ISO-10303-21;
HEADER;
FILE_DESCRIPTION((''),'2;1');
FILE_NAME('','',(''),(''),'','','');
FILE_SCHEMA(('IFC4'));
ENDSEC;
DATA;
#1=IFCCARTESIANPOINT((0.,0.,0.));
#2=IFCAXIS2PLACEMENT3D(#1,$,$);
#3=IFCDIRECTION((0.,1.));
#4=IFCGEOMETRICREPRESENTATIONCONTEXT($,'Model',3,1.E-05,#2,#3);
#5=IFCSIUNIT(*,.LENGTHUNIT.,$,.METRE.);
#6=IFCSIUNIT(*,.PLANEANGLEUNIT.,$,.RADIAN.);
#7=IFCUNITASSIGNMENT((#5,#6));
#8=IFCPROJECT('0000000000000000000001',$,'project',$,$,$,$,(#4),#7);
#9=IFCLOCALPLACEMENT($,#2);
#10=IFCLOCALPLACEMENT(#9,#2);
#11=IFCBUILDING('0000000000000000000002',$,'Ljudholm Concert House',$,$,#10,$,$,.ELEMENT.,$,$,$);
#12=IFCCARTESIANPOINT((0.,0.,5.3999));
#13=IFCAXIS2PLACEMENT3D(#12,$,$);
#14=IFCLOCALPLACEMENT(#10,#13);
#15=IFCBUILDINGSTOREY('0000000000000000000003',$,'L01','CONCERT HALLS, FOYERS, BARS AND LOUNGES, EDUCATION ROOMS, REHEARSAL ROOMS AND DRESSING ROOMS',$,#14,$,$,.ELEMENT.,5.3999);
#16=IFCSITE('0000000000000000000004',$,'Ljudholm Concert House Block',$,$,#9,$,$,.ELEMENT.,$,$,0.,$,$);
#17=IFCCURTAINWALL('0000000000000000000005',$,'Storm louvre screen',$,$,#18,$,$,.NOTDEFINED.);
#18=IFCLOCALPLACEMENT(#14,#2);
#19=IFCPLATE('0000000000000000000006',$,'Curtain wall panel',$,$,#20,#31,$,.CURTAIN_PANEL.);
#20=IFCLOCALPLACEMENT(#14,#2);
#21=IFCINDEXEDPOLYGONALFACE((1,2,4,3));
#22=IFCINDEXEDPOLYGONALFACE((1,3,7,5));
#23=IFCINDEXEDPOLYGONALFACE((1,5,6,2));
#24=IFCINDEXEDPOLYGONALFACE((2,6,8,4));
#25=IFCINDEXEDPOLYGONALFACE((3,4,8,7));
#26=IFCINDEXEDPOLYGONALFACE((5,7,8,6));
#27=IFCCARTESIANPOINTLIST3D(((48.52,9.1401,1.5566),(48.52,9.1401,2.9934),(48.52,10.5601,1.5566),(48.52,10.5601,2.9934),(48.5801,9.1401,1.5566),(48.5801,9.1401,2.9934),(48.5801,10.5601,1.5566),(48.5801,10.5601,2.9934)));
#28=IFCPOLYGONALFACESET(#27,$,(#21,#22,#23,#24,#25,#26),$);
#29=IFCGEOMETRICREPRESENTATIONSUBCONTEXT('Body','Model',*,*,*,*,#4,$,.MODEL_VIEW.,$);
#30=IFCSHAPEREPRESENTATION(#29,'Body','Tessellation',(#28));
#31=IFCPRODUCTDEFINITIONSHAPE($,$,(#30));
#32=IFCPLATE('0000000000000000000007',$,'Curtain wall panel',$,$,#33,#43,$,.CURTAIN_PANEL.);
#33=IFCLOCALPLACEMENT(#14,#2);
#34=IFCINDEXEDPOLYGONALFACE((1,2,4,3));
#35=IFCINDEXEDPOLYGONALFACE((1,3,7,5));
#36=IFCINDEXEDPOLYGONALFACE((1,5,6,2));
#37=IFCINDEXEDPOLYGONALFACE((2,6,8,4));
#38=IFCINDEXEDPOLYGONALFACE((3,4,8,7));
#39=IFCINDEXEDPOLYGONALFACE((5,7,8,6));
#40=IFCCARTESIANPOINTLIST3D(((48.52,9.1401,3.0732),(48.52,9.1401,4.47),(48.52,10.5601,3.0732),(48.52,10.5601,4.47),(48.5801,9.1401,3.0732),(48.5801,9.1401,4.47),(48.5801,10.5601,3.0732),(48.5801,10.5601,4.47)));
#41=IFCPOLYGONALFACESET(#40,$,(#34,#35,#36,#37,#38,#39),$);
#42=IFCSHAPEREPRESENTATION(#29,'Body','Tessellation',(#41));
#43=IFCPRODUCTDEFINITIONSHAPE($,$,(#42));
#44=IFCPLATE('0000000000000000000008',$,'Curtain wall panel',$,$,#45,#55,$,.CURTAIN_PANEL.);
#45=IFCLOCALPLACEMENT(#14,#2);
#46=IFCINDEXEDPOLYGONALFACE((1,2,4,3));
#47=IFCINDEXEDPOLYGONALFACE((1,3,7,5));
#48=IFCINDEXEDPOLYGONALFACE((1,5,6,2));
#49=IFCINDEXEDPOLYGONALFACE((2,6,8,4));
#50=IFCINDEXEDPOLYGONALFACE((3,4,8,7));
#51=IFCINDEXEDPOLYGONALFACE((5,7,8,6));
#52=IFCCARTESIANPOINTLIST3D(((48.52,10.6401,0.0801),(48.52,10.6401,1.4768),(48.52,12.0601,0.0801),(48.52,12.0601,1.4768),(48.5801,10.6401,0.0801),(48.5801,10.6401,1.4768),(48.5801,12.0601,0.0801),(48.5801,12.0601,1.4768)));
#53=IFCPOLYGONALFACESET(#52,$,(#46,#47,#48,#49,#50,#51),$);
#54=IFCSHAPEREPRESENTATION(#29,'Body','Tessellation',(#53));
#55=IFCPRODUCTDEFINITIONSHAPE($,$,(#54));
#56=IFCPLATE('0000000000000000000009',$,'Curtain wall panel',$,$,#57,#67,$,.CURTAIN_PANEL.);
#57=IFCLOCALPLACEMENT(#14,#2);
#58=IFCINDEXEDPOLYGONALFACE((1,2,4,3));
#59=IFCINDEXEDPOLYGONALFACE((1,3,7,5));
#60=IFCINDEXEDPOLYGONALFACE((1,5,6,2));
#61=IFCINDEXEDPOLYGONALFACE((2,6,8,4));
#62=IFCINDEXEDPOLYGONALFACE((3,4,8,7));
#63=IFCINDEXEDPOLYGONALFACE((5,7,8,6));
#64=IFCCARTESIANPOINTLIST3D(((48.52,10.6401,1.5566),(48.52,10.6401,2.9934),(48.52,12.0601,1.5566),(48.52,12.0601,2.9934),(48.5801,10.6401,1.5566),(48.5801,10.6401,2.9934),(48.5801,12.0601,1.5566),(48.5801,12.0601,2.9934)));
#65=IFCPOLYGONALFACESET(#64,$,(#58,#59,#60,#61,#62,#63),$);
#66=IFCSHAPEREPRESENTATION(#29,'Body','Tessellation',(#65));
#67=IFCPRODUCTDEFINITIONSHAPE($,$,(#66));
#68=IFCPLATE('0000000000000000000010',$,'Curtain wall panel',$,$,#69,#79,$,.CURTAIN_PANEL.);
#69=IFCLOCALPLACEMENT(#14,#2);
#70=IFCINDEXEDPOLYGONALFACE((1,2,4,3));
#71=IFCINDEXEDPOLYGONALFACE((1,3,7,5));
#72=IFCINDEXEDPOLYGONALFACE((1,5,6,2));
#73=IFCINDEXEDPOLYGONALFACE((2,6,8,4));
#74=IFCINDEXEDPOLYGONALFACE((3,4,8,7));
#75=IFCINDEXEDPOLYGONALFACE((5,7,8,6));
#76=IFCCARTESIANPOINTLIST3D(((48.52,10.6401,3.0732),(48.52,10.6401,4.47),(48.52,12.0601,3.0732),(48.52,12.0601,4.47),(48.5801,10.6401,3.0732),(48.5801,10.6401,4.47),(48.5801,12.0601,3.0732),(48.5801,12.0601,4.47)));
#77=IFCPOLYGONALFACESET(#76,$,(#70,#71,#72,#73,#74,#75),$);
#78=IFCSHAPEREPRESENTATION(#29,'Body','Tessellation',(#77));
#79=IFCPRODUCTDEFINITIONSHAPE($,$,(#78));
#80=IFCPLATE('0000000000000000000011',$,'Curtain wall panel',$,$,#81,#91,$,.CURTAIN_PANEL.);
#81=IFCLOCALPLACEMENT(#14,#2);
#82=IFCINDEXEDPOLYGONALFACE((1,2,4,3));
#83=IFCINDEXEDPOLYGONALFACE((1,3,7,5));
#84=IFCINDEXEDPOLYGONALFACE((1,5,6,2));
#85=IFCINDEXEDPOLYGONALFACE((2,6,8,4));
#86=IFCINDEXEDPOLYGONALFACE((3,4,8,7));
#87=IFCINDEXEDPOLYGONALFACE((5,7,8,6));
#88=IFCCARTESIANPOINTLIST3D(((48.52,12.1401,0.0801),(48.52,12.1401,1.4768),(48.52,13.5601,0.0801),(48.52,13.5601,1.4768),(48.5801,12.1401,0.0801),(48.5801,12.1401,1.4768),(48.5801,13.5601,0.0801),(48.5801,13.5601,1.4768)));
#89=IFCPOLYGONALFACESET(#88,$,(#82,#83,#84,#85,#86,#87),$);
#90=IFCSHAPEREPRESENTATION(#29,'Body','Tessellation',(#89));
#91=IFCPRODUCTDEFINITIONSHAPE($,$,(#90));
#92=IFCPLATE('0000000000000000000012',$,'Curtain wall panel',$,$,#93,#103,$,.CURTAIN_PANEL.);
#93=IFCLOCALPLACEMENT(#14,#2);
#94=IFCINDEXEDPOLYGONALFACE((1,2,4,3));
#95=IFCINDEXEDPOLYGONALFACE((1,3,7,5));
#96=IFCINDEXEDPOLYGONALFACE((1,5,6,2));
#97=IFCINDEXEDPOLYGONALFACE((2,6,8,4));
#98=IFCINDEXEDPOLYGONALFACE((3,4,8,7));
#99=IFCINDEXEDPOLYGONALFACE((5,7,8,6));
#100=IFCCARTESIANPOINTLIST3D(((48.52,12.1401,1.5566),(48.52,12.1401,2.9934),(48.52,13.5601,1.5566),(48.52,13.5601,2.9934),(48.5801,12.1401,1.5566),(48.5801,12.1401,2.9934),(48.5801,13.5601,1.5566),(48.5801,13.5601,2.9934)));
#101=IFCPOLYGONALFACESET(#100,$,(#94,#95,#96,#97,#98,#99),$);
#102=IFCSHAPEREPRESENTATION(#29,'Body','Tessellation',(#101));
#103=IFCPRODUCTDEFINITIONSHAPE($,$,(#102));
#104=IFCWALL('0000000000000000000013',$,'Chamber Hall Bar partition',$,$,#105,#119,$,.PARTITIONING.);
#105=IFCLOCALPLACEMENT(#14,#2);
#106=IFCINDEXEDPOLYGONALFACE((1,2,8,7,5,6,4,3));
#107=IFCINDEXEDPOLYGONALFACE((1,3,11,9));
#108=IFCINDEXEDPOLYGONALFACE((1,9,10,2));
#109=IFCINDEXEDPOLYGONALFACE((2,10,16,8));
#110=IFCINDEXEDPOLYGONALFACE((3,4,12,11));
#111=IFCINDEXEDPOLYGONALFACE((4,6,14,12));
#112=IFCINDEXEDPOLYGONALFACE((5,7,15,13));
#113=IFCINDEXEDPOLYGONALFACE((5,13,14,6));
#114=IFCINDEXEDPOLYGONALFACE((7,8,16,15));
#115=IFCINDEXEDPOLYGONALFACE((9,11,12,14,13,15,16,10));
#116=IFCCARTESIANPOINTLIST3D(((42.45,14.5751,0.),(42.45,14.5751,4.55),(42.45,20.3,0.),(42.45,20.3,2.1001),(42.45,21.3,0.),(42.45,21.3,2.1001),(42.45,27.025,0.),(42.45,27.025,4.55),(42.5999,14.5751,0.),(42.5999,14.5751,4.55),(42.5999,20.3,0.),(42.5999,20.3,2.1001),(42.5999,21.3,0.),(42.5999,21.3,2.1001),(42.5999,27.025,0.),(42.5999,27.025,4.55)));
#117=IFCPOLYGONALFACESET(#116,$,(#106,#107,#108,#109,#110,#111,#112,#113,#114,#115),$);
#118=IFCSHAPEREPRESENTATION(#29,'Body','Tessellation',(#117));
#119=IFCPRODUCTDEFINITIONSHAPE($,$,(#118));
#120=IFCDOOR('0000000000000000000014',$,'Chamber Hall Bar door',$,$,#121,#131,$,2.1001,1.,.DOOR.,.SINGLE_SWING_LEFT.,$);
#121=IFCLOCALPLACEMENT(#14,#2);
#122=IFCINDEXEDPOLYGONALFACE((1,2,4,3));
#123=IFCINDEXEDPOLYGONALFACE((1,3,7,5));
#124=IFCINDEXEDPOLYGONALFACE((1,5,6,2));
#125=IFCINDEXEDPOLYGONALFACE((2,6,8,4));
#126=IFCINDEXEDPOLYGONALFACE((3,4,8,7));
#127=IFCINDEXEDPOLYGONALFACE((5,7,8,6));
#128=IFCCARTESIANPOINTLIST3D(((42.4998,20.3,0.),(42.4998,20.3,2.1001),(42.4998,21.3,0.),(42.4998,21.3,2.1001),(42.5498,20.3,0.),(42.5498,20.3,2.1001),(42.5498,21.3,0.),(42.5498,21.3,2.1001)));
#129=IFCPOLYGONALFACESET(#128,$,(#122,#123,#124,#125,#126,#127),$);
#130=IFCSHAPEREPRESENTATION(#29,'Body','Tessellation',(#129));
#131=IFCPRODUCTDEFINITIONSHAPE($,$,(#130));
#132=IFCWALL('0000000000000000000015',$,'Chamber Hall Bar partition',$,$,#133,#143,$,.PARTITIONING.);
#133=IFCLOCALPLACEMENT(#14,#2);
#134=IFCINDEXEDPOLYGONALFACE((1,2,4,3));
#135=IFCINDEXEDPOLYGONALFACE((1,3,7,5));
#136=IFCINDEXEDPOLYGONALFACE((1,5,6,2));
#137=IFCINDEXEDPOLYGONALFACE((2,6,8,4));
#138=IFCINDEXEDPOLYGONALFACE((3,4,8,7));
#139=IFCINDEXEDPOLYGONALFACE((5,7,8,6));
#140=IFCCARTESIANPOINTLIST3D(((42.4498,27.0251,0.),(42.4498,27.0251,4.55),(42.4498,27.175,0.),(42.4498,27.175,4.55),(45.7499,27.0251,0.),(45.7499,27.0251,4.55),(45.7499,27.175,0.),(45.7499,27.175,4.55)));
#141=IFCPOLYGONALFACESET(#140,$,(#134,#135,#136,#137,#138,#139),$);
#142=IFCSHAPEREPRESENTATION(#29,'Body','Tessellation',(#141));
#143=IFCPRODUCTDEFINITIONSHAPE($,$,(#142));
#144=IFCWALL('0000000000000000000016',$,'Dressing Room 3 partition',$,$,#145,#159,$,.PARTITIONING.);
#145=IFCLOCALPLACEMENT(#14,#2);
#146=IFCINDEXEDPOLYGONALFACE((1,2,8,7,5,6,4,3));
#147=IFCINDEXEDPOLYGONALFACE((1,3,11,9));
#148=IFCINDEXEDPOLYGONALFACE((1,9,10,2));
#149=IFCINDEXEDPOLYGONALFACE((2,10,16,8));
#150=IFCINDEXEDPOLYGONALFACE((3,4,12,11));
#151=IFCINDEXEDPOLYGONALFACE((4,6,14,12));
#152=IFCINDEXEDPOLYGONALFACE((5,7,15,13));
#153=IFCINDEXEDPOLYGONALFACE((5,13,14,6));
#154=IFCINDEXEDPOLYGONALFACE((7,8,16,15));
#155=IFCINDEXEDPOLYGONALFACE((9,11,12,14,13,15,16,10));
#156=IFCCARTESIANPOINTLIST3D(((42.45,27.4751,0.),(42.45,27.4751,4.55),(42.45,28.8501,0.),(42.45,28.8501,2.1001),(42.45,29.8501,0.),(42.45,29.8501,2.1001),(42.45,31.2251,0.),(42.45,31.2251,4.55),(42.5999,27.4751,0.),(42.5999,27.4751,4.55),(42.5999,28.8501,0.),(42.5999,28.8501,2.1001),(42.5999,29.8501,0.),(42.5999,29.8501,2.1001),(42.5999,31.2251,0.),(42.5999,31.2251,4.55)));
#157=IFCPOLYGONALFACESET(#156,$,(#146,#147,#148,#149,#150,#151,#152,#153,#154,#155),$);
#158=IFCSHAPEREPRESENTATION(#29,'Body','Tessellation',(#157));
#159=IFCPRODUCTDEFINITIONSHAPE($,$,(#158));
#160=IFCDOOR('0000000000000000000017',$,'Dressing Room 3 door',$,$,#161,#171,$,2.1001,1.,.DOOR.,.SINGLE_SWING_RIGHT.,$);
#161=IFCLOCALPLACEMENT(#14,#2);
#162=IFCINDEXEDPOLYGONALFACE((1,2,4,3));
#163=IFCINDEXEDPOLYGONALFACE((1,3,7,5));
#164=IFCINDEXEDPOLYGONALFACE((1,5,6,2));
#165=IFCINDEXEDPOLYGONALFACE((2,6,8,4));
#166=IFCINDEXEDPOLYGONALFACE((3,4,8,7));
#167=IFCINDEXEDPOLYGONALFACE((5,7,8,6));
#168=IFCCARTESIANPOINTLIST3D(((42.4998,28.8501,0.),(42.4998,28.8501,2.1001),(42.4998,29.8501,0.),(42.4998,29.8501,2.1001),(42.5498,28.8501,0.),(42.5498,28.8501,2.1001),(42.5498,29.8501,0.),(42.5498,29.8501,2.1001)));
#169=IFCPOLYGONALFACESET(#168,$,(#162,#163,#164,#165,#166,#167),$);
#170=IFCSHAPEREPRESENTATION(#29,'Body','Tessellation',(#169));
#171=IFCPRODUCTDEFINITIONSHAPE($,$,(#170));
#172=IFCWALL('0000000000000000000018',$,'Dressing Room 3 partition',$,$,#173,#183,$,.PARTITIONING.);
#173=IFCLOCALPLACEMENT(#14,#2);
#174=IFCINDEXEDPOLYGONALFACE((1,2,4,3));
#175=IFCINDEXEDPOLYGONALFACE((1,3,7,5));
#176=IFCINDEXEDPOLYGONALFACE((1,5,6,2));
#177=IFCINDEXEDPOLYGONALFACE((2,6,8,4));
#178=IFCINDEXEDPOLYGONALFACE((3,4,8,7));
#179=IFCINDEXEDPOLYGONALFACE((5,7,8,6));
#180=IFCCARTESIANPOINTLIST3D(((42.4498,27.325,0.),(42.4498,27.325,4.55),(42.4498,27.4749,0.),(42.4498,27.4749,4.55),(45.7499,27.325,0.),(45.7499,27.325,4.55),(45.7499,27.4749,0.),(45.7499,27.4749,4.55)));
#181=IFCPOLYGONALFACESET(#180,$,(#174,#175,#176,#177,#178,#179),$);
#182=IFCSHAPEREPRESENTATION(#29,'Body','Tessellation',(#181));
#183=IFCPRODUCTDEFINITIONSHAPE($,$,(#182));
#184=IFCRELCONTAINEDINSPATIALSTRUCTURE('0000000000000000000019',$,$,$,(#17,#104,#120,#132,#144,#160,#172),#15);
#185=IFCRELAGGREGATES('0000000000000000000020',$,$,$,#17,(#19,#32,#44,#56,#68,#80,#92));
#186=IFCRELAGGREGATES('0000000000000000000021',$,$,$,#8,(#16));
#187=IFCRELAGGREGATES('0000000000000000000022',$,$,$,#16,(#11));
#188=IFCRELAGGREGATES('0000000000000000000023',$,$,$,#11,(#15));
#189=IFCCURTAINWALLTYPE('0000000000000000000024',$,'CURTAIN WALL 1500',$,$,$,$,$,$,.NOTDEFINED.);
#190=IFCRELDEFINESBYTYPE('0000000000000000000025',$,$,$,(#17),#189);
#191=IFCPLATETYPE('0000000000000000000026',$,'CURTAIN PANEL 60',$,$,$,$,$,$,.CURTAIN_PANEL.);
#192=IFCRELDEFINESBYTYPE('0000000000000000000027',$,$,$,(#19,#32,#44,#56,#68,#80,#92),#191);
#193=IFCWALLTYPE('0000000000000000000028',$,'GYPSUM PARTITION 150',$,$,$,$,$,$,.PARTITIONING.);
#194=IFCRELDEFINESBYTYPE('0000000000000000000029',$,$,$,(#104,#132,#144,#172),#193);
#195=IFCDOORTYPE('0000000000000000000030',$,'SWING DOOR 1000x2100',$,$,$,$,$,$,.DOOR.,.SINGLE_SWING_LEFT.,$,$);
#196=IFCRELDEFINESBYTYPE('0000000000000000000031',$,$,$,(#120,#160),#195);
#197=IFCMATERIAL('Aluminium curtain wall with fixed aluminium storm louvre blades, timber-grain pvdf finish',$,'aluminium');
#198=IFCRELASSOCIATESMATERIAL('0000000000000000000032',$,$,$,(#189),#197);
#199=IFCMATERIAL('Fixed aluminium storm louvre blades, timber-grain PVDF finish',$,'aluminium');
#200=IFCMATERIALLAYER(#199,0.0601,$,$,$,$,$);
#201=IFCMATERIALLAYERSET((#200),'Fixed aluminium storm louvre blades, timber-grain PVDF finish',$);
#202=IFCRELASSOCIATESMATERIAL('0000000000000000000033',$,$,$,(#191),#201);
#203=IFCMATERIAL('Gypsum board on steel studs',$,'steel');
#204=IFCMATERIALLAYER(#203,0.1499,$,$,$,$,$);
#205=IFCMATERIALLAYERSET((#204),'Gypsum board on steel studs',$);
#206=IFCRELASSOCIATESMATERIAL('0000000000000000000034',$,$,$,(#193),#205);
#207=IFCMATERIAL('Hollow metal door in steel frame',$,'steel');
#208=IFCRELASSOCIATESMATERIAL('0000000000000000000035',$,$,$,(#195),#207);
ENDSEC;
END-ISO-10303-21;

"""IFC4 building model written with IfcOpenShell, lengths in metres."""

from ifc_helpers import new_model, si_unit, direction, frame, frame_2d, origin, origin_2d, place, context, subcontext, project, spatial, rectangle, extrude, material, layer, layer_set, type_object, element, fill, aggregate, save


model = new_model("IFC4")

# Units and contexts
model_context = context("Model", 3, precision=1e-05, world=origin(), true_north=direction((0.0, 1.0)))
body_context = subcontext(model_context, "Body", "Model", "MODEL_VIEW")
ifc_project = project(units=[si_unit("LENGTHUNIT", "METRE"), si_unit("PLANEANGLEUNIT", "RADIAN")], contexts=[model_context])

# Site, building, storey
site_placement = place(None, origin())
site = spatial("IfcSite", under=ifc_project, at=site_placement, Name="Ljudholm Concert House Block", CompositionType="ELEMENT", RefElevation=0.0)
building_placement = place(site_placement, origin())
building = spatial("IfcBuilding", under=site, at=building_placement, Name="Ljudholm Concert House", CompositionType="ELEMENT")
storey_placement = place(building_placement, frame((0.0, 0.0, 5.3999)))
storey = spatial("IfcBuildingStorey", under=building, at=storey_placement, Name="L01", Description="CONCERT HALLS, FOYERS, BARS AND LOUNGES, EDUCATION ROOMS, REHEARSAL ROOMS AND DRESSING ROOMS", CompositionType="ELEMENT", Elevation=5.3999)

# Curtain wall, plates
ifc_material_1 = material(Name="Aluminium curtain wall with fixed aluminium storm louvre blades, timber-grain pvdf finish", Category="aluminium")
curtain_wall_type = type_object("IfcCurtainWallType", Name="CURTAIN WALL 1500", PredefinedType="NOTDEFINED", material=ifc_material_1)
curtain_wall_placement = place(storey_placement, origin())
curtain_wall = element("IfcCurtainWall", 1, at=curtain_wall_placement, inside=storey, type_object=curtain_wall_type, Name="Storm louvre screen", PredefinedType="NOTDEFINED")
ifc_material_2 = material(Name="Fixed aluminium storm louvre blades, timber-grain PVDF finish", Category="aluminium")
ifc_layer_1 = layer(ifc_material_2, 0.0601)
ifc_layer_set_1 = layer_set([ifc_layer_1], Name="Fixed aluminium storm louvre blades, timber-grain PVDF finish")
plate_type = type_object("IfcPlateType", Name="CURTAIN PANEL 60", PredefinedType="CURTAIN_PANEL", material=ifc_layer_set_1)
plate_1_placement = place(storey_placement, frame((48.55, 9.8501, 1.5566), z_axis=(0.0, 0.0, 1.0), x_axis=(0.0, 1.0, 0.0)))
plate_1 = element("IfcPlate", 2, at=plate_1_placement, type_object=plate_type, Name="Curtain wall panel", PredefinedType="CURTAIN_PANEL", context=body_context, shape_type="SweptSolid", body=[
    extrude(rectangle(XDim=1.4199, YDim=0.0601, at=origin_2d()), origin(), (0.0, 0.0, 1.0), 1.4368),
])
plate_2_placement = place(storey_placement, frame((48.55, 9.8501, 3.0732), z_axis=(0.0, 0.0, 1.0), x_axis=(0.0, 1.0, 0.0)))
plate_2 = element("IfcPlate", 3, at=plate_2_placement, type_object=plate_type, Name="Curtain wall panel", PredefinedType="CURTAIN_PANEL", context=body_context, shape_type="SweptSolid", body=[
    extrude(rectangle(XDim=1.4199, YDim=0.0601, at=origin_2d()), origin(), (0.0, 0.0, 1.0), 1.3967),
])
plate_3_placement = place(storey_placement, frame((48.55, 11.3501, 0.0801), z_axis=(0.0, 0.0, 1.0), x_axis=(0.0, 1.0, 0.0)))
plate_3 = element("IfcPlate", 4, at=plate_3_placement, type_object=plate_type, Name="Curtain wall panel", PredefinedType="CURTAIN_PANEL", context=body_context, shape_type="SweptSolid", body=[
    extrude(rectangle(XDim=1.4199, YDim=0.0601, at=origin_2d()), origin(), (0.0, 0.0, 1.0), 1.3967),
])
plate_4_placement = place(storey_placement, frame((48.55, 11.3501, 1.5566), z_axis=(0.0, 0.0, 1.0), x_axis=(0.0, 1.0, 0.0)))
plate_4 = element("IfcPlate", 5, at=plate_4_placement, type_object=plate_type, Name="Curtain wall panel", PredefinedType="CURTAIN_PANEL", context=body_context, shape_type="SweptSolid", body=[
    extrude(rectangle(XDim=1.4199, YDim=0.0601, at=origin_2d()), origin(), (0.0, 0.0, 1.0), 1.4368),
])
plate_5_placement = place(storey_placement, frame((48.55, 11.3501, 3.0732), z_axis=(0.0, 0.0, 1.0), x_axis=(0.0, 1.0, 0.0)))
plate_5 = element("IfcPlate", 6, at=plate_5_placement, type_object=plate_type, Name="Curtain wall panel", PredefinedType="CURTAIN_PANEL", context=body_context, shape_type="SweptSolid", body=[
    extrude(rectangle(XDim=1.4199, YDim=0.0601, at=origin_2d()), origin(), (0.0, 0.0, 1.0), 1.3967),
])
plate_6_placement = place(storey_placement, frame((48.55, 12.8501, 0.0801), z_axis=(0.0, 0.0, 1.0), x_axis=(0.0, 1.0, 0.0)))
plate_6 = element("IfcPlate", 7, at=plate_6_placement, type_object=plate_type, Name="Curtain wall panel", PredefinedType="CURTAIN_PANEL", context=body_context, shape_type="SweptSolid", body=[
    extrude(rectangle(XDim=1.4199, YDim=0.0601, at=origin_2d()), origin(), (0.0, 0.0, 1.0), 1.3967),
])
plate_7_placement = place(storey_placement, frame((48.55, 12.8501, 1.5566), z_axis=(0.0, 0.0, 1.0), x_axis=(0.0, 1.0, 0.0)))
plate_7 = element("IfcPlate", 8, at=plate_7_placement, type_object=plate_type, Name="Curtain wall panel", PredefinedType="CURTAIN_PANEL", context=body_context, shape_type="SweptSolid", body=[
    extrude(rectangle(XDim=1.4199, YDim=0.0601, at=origin_2d()), origin(), (0.0, 0.0, 1.0), 1.4368),
])
aggregate(curtain_wall, [plate_1, plate_2, plate_3, plate_4, plate_5, plate_6, plate_7])

# Wall, opening, door
ifc_material_3 = material(Name="Gypsum board on steel studs", Category="steel")
ifc_layer_2 = layer(ifc_material_3, 0.1499)
ifc_layer_set_2 = layer_set([ifc_layer_2], Name="Gypsum board on steel studs")
wall_type = type_object("IfcWallType", Name="GYPSUM PARTITION 150", PredefinedType="PARTITIONING", material=ifc_layer_set_2)
wall_1_placement = place(storey_placement, frame((42.5249, 14.575, 0.0), z_axis=(0.0, 0.0, 1.0), x_axis=(0.0, 1.0, 0.0)))
wall_1 = element("IfcWall", 9, at=wall_1_placement, inside=storey, type_object=wall_type, Name="Chamber Hall Bar partition", PredefinedType="PARTITIONING", context=body_context, shape_type="SweptSolid", body=[
    extrude(rectangle(XDim=12.45, YDim=0.1499, at=frame_2d((6.2251, 0.0))), origin(), (0.0, 0.0, 1.0), 4.55),
])
opening_1_placement = place(wall_1_placement, frame((5.7251, 0.0, 0.0)))
opening_1 = element("IfcOpeningElement", 10, at=opening_1_placement, cuts=wall_1, PredefinedType="OPENING", context=body_context, shape_type="SweptSolid", body=[
    extrude(rectangle(XDim=1.0, YDim=2.1001, at=frame_2d((0.5, 1.05))), frame((0.0, 0.085, 0.0), z_axis=(0.0, -1.0, 0.0), x_axis=(1.0, 0.0, 0.0)), (0.0, 0.0, 1.0), 0.1699),
])
ifc_material_4 = material(Name="Hollow metal door in steel frame", Category="steel")
door_type = type_object("IfcDoorType", Name="SWING DOOR 1000x2100", OperationType="SINGLE_SWING_LEFT", PredefinedType="DOOR", material=ifc_material_4)
door_1_placement = place(opening_1_placement, frame((1.0, 0.0, 0.0), z_axis=(0.0, 0.0, 1.0), x_axis=(-1.0, 0.0, 0.0)))
door_1 = element("IfcDoor", 11, at=door_1_placement, inside=storey, type_object=door_type, Name="Chamber Hall Bar door", OperationType="SINGLE_SWING_LEFT", OverallHeight=2.1001, OverallWidth=1.0, PredefinedType="DOOR", context=body_context, shape_type="SweptSolid", body=[
    extrude(rectangle(XDim=1.0, YDim=2.1001, at=frame_2d((0.5, 1.05))), frame((0.0, 0.0249, 0.0), z_axis=(0.0, -1.0, 0.0), x_axis=(1.0, 0.0, 0.0)), (0.0, 0.0, 1.0), 0.05),
])
fill(opening_1, door_1)

# Wall
wall_2_placement = place(storey_placement, frame((42.45, 27.1001, 0.0), z_axis=(0.0, 0.0, 1.0), x_axis=(1.0, 0.0, 0.0)))
element("IfcWall", 12, at=wall_2_placement, inside=storey, type_object=wall_type, Name="Chamber Hall Bar partition", PredefinedType="PARTITIONING", context=body_context, shape_type="SweptSolid", body=[
    extrude(rectangle(XDim=3.3, YDim=0.1499, at=frame_2d((1.6499, 0.0))), origin(), (0.0, 0.0, 1.0), 4.55),
])

# Wall, opening, door
wall_3_placement = place(storey_placement, frame((42.5249, 27.4751, 0.0), z_axis=(0.0, 0.0, 1.0), x_axis=(0.0, 1.0, 0.0)))
wall_3 = element("IfcWall", 13, at=wall_3_placement, inside=storey, type_object=wall_type, Name="Dressing Room 3 partition", PredefinedType="PARTITIONING", context=body_context, shape_type="SweptSolid", body=[
    extrude(rectangle(XDim=3.75, YDim=0.1499, at=frame_2d((1.875, 0.0))), origin(), (0.0, 0.0, 1.0), 4.55),
])
opening_2_placement = place(wall_3_placement, frame((1.375, 0.0, 0.0)))
opening_2 = element("IfcOpeningElement", 14, at=opening_2_placement, cuts=wall_3, PredefinedType="OPENING", context=body_context, shape_type="SweptSolid", body=[
    extrude(rectangle(XDim=1.0, YDim=2.1001, at=frame_2d((0.5, 1.05))), frame((0.0, 0.085, 0.0), z_axis=(0.0, -1.0, 0.0), x_axis=(1.0, 0.0, 0.0)), (0.0, 0.0, 1.0), 0.1699),
])
door_2_placement = place(opening_2_placement, frame((1.0, 0.0, 0.0), z_axis=(0.0, 0.0, 1.0), x_axis=(-1.0, 0.0, 0.0)))
door_2 = element("IfcDoor", 15, at=door_2_placement, inside=storey, type_object=door_type, Name="Dressing Room 3 door", OperationType="SINGLE_SWING_RIGHT", OverallHeight=2.1001, OverallWidth=1.0, PredefinedType="DOOR", context=body_context, shape_type="SweptSolid", body=[
    extrude(rectangle(XDim=1.0, YDim=2.1001, at=frame_2d((0.5, 1.05))), frame((0.0, 0.0249, 0.0), z_axis=(0.0, -1.0, 0.0), x_axis=(1.0, 0.0, 0.0)), (0.0, 0.0, 1.0), 0.05),
])
fill(opening_2, door_2)

# Wall
for number, where, z_axis, x_axis, name in (
    (16, (42.45, 27.3999, 0.0), (0.0, 0.0, 1.0), (1.0, 0.0, 0.0), "Dressing Room 3 partition"),
):
    element("IfcWall", number, at=place(storey_placement, frame(where, z_axis=z_axis, x_axis=x_axis)), inside=storey, type_object=wall_type, Name=name, PredefinedType="PARTITIONING", context=body_context, shape_type="SweptSolid", body=[
        extrude(rectangle(XDim=3.3, YDim=0.1499, at=frame_2d((1.6499, 0.0))), origin(), (0.0, 0.0, 1.0), 4.55),
    ])

save(model, "model.ifc")
